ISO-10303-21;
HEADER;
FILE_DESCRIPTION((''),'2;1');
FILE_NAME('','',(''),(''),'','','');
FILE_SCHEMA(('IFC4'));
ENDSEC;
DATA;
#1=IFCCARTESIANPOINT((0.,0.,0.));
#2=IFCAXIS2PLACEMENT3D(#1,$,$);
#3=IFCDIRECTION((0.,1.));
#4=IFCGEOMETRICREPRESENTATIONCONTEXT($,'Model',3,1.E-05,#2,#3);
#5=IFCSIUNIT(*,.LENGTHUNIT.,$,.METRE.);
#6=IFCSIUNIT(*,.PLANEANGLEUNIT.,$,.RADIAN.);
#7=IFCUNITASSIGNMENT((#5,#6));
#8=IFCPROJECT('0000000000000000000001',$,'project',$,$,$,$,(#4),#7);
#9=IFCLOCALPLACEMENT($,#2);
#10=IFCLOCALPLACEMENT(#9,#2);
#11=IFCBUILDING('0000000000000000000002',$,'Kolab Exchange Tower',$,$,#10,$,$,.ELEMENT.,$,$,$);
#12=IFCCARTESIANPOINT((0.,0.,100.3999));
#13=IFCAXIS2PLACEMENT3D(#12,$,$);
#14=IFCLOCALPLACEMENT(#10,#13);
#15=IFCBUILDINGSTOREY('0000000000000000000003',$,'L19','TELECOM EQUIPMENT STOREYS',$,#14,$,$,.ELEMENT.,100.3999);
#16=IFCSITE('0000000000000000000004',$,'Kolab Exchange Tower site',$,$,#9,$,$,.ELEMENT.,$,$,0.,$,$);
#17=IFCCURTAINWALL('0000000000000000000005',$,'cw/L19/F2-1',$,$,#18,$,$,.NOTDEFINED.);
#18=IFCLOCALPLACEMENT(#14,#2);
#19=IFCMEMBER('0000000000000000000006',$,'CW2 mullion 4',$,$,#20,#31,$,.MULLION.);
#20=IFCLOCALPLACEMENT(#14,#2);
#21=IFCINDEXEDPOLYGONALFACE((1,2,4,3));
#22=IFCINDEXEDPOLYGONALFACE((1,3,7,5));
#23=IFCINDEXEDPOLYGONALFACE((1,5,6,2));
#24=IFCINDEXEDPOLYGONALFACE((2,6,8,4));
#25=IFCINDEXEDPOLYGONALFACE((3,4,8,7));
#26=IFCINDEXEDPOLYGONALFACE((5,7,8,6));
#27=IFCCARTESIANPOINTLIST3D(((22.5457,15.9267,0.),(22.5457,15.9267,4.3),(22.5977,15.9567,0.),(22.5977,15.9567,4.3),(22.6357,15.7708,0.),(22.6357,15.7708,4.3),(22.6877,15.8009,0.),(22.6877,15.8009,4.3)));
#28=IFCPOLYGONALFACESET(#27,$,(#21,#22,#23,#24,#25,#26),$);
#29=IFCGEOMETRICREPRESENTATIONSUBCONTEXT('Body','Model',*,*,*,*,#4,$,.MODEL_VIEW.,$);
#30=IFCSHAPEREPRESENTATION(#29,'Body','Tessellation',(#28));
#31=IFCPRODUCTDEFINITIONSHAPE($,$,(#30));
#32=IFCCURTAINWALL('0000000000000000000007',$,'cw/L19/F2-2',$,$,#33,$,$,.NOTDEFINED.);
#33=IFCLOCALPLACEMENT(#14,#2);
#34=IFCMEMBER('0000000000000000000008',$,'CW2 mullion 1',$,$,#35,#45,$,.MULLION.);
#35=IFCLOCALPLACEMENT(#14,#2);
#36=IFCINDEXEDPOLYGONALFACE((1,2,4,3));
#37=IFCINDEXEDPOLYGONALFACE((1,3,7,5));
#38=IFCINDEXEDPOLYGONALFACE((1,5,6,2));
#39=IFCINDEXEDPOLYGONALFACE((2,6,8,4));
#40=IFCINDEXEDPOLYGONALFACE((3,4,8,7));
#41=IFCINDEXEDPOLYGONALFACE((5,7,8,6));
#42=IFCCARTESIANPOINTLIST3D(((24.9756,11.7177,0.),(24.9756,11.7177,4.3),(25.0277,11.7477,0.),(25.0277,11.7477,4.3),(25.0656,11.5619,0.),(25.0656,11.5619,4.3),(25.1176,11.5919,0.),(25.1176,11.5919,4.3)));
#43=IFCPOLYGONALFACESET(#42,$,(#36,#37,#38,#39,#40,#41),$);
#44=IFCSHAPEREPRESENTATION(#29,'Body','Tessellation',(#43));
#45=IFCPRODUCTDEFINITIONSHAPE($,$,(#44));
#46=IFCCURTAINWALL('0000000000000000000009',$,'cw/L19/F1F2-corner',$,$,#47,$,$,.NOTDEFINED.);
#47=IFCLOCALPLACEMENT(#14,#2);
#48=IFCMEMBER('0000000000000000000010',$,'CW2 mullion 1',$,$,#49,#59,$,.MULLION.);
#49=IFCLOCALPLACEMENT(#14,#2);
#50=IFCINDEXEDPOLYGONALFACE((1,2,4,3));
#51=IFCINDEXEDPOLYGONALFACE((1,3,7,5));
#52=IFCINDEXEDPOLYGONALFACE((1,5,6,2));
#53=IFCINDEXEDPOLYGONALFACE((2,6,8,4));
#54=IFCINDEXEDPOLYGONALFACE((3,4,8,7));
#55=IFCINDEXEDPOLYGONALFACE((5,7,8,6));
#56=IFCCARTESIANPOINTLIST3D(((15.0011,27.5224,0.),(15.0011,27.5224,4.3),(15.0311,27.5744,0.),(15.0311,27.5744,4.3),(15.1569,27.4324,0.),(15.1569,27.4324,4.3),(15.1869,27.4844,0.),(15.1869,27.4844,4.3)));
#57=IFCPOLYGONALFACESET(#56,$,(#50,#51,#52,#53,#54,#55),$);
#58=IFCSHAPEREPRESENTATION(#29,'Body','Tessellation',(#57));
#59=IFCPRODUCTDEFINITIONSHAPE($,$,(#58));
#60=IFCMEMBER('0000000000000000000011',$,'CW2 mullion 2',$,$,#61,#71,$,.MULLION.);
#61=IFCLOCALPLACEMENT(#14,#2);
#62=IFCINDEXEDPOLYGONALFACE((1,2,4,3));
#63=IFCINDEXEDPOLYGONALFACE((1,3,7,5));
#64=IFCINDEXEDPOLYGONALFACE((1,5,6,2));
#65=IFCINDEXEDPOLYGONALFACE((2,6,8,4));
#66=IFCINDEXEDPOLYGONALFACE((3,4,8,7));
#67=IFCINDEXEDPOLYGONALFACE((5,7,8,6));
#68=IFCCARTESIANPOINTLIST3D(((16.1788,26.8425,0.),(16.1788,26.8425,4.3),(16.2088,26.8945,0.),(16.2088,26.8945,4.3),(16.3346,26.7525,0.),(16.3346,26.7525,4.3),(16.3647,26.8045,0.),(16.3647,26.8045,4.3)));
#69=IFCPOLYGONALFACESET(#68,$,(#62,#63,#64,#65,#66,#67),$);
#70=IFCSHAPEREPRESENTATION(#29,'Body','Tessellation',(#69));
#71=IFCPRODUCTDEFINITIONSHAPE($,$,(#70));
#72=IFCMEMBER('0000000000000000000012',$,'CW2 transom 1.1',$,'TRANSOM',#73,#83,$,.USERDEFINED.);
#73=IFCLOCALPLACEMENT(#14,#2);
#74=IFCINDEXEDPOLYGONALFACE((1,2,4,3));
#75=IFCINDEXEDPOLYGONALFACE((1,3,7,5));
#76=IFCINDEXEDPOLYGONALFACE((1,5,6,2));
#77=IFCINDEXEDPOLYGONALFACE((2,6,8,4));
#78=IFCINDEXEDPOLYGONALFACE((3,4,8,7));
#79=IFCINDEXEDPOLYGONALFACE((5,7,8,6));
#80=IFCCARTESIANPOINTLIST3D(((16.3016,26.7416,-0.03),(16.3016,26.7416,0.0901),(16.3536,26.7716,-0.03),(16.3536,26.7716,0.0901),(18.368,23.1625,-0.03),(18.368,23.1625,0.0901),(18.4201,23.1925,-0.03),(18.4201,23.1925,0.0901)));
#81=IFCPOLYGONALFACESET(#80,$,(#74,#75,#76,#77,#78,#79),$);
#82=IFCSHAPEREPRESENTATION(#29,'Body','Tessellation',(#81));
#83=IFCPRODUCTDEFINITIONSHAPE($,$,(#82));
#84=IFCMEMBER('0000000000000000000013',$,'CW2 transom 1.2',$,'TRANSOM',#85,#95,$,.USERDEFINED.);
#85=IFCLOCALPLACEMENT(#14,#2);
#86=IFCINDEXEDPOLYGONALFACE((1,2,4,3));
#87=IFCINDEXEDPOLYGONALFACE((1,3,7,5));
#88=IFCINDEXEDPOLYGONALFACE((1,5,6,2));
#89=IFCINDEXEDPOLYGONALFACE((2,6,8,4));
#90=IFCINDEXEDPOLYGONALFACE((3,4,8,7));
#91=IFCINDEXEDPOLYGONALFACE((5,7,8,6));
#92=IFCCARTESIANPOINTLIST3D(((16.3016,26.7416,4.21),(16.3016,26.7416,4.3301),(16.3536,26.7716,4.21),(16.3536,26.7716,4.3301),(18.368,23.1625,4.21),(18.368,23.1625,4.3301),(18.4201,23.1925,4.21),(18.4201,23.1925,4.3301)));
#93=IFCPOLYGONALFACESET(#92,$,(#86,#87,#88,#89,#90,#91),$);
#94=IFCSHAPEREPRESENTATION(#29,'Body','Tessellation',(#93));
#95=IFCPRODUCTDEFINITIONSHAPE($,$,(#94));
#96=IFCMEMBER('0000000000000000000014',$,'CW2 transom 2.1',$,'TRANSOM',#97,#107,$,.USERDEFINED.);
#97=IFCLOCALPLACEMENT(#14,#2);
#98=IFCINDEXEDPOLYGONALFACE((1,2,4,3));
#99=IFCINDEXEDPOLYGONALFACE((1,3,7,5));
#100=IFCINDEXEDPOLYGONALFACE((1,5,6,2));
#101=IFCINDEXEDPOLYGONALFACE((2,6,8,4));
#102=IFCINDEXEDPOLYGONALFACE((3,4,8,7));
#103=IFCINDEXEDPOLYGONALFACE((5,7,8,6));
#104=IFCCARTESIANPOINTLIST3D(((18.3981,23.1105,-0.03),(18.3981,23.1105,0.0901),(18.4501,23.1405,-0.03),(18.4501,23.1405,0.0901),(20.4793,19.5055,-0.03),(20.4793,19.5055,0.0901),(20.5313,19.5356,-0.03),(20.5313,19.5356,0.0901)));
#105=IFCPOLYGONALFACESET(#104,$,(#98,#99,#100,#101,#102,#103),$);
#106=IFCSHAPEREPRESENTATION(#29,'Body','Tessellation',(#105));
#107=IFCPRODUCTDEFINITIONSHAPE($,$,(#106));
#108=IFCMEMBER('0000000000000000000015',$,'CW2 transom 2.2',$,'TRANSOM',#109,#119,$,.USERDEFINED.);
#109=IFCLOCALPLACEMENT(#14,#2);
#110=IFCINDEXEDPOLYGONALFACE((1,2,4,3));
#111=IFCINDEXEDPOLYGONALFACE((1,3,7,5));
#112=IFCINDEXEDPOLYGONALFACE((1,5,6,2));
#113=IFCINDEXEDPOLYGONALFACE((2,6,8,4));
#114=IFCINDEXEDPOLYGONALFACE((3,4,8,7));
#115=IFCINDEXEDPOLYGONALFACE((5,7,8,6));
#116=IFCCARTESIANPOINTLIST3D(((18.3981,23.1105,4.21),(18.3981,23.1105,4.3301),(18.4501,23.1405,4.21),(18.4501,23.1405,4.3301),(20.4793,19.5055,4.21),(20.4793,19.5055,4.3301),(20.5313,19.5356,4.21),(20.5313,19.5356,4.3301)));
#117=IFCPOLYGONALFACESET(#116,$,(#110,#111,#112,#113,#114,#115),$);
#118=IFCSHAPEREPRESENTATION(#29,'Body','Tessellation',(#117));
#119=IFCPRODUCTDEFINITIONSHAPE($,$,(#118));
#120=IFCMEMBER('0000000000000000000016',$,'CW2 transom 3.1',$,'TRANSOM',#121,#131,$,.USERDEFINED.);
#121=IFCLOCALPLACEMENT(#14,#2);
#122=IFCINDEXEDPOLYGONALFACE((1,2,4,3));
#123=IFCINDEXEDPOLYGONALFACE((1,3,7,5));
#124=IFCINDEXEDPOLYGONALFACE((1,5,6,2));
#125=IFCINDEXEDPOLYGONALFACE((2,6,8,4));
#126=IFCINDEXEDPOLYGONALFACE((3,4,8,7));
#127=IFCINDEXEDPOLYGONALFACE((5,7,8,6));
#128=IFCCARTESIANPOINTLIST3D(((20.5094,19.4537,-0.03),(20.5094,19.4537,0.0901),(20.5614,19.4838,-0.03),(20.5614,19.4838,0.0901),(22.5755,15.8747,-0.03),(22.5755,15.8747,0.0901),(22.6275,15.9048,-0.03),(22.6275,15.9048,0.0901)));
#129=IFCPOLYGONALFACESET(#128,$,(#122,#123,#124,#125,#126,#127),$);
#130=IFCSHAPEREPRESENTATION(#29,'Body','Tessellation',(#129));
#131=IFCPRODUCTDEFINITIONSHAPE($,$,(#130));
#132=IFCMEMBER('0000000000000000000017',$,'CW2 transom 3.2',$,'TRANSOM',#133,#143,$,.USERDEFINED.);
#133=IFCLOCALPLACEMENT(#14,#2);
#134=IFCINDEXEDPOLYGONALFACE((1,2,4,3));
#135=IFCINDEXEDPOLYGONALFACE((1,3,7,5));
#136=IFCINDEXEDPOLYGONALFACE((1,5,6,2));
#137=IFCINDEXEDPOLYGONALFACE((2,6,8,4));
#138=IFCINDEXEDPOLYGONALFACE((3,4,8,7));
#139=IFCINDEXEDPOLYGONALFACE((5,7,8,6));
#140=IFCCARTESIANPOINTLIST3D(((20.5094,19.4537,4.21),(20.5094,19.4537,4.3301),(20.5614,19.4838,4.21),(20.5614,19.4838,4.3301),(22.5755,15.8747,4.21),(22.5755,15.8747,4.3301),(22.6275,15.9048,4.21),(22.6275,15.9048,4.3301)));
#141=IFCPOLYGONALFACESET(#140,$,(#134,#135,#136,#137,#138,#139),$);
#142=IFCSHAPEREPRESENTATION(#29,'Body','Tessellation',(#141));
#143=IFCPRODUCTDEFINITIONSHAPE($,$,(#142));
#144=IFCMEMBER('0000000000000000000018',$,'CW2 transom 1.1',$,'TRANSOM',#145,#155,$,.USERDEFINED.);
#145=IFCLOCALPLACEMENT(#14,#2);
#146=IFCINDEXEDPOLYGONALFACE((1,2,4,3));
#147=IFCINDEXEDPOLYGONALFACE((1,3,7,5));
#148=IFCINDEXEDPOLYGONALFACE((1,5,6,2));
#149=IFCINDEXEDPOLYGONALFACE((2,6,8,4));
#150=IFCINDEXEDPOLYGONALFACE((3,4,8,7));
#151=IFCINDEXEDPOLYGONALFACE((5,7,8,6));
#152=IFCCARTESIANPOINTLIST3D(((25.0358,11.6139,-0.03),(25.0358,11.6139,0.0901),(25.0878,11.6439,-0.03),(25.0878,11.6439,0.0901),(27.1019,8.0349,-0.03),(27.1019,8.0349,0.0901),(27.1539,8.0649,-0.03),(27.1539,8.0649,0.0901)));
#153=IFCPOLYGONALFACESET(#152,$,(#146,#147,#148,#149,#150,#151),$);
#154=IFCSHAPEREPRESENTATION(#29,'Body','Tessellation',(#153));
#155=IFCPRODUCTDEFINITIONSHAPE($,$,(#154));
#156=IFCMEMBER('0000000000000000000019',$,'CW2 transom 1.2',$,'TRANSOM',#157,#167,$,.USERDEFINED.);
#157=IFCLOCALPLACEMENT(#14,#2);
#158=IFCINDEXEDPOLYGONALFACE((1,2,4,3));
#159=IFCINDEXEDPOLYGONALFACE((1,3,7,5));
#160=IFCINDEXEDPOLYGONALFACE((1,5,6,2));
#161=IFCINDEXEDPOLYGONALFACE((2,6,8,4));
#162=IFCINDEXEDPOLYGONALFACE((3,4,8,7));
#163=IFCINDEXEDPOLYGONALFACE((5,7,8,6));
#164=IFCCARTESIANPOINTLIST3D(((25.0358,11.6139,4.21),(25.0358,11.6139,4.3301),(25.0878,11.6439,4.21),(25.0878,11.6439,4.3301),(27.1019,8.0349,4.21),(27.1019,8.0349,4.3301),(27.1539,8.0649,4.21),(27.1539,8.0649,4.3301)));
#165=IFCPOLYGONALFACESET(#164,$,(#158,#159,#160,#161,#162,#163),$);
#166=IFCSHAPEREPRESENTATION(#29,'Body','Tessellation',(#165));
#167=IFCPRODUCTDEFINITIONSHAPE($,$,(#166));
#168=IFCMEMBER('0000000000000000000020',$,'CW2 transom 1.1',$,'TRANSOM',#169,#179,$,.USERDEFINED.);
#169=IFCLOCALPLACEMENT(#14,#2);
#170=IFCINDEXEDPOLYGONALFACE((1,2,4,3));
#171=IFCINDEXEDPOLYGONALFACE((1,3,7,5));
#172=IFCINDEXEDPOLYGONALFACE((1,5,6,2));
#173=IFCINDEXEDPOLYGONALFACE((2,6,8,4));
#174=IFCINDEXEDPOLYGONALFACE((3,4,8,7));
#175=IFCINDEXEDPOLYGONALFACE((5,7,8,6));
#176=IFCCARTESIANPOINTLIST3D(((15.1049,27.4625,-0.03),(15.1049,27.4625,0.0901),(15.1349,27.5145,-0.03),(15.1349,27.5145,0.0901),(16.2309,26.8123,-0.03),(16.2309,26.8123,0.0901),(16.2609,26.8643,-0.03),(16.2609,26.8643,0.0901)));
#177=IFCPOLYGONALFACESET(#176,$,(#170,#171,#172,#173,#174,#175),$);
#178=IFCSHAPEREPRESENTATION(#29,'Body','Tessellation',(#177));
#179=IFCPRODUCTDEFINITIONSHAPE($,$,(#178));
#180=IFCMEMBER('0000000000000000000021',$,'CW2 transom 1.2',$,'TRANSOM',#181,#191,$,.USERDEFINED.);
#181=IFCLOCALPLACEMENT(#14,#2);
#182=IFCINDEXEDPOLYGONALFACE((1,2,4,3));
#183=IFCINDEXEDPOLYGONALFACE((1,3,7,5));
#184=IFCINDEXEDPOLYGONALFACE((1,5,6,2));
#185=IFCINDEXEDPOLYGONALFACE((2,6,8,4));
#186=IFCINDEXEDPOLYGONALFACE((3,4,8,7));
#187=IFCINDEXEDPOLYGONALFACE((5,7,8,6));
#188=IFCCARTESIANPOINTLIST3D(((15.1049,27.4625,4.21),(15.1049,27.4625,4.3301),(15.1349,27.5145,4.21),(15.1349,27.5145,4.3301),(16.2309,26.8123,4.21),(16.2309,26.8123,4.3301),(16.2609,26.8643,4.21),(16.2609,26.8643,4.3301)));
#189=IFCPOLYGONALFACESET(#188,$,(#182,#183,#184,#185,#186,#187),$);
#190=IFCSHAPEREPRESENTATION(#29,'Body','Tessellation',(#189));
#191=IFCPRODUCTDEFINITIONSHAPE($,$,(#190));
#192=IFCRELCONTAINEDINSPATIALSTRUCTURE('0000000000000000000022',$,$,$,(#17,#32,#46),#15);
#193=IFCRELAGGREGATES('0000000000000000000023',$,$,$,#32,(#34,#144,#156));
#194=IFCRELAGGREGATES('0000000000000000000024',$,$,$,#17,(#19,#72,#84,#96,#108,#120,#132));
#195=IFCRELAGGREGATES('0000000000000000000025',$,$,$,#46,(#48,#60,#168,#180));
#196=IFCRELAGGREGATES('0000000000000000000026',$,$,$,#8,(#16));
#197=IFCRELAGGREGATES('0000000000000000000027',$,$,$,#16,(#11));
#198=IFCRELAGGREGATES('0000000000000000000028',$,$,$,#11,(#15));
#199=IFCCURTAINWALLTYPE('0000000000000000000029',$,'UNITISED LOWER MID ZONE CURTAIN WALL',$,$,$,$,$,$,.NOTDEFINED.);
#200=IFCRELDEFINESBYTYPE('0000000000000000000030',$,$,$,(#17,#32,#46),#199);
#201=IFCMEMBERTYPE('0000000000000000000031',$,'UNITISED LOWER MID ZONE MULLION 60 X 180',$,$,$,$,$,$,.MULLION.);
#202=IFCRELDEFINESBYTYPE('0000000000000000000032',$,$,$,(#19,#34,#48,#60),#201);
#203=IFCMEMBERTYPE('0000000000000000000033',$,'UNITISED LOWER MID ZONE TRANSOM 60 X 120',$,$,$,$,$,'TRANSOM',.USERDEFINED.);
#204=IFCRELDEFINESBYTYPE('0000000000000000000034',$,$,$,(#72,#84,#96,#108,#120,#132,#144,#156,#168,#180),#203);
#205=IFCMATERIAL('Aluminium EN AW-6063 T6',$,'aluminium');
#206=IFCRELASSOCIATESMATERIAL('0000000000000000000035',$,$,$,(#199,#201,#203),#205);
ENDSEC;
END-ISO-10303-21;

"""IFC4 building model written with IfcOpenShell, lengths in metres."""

from ifc_helpers import new_model, si_unit, direction, frame, origin, origin_2d, place, context, subcontext, project, spatial, rectangle, extrude, material, material_profile, profile_set, type_object, element, aggregate, save


model = new_model("IFC4")

# Units and contexts
model_context = context("Model", 3, precision=1e-05, world=origin(), true_north=direction((0.0, 1.0)))
body_context = subcontext(model_context, "Body", "Model", "MODEL_VIEW")
ifc_project = project(units=[si_unit("LENGTHUNIT", "METRE"), si_unit("PLANEANGLEUNIT", "RADIAN")], contexts=[model_context])

# Site, building, storey
site_placement = place(None, origin())
site = spatial("IfcSite", under=ifc_project, at=site_placement, Name="Kolab Exchange Tower site", CompositionType="ELEMENT", RefElevation=0.0)
building_placement = place(site_placement, origin())
building = spatial("IfcBuilding", under=site, at=building_placement, Name="Kolab Exchange Tower", CompositionType="ELEMENT")
storey_placement = place(building_placement, frame((0.0, 0.0, 100.3999)))
storey = spatial("IfcBuildingStorey", under=building, at=storey_placement, Name="L19", Description="TELECOM EQUIPMENT STOREYS", CompositionType="ELEMENT", Elevation=100.3999)

# Shared definitions
ifc_material_1 = material(Name="Aluminium EN AW-6063 T6", Category="aluminium")
curtain_wall_type = type_object("IfcCurtainWallType", Name="UNITISED LOWER MID ZONE CURTAIN WALL", PredefinedType="NOTDEFINED", material=ifc_material_1)
ifc_material_profile_1 = material_profile(ifc_material_1, rectangle(XDim=0.0601, YDim=0.1799, at=origin_2d()), Name="RECT 60X180")
ifc_profile_set_1 = profile_set([ifc_material_profile_1], Name="Aluminium EN AW-6063 T6")
member_type_1 = type_object("IfcMemberType", Name="UNITISED LOWER MID ZONE MULLION 60 X 180", PredefinedType="MULLION", material=ifc_profile_set_1)

# Curtain wall, member
curtain_wall_1_placement = place(storey_placement, origin())
curtain_wall_1 = element("IfcCurtainWall", 1, at=curtain_wall_1_placement, inside=storey, type_object=curtain_wall_type, Name="cw/L19/F2-1", PredefinedType="NOTDEFINED")
member_1_placement = place(storey_placement, frame((22.6167, 15.8638, 0.0), z_axis=(0.0, 0.0, 1.0), x_axis=(0.866025, 0.5, 0.0)))
member_1 = element("IfcMember", 2, at=member_1_placement, type_object=member_type_1, Name="CW2 mullion 4", PredefinedType="MULLION", context=body_context, shape_type="SweptSolid", body=[
    extrude(rectangle(XDim=0.0601, YDim=0.1799, at=origin_2d()), origin(), (0.0, 0.0, 1.0), 4.3),
])

# Curtain wall, member
curtain_wall_2_placement = place(storey_placement, origin())
curtain_wall_2 = element("IfcCurtainWall", 3, at=curtain_wall_2_placement, inside=storey, type_object=curtain_wall_type, Name="cw/L19/F2-2", PredefinedType="NOTDEFINED")
member_2_placement = place(storey_placement, frame((25.0466, 11.6548, 0.0), z_axis=(0.0, 0.0, 1.0), x_axis=(0.866025, 0.5, 0.0)))
member_2 = element("IfcMember", 4, at=member_2_placement, type_object=member_type_1, Name="CW2 mullion 1", PredefinedType="MULLION", context=body_context, shape_type="SweptSolid", body=[
    extrude(rectangle(XDim=0.0601, YDim=0.1799, at=origin_2d()), origin(), (0.0, 0.0, 1.0), 4.3),
])

# Curtain wall, members
curtain_wall_3_placement = place(storey_placement, origin())
curtain_wall_3 = element("IfcCurtainWall", 5, at=curtain_wall_3_placement, inside=storey, type_object=curtain_wall_type, Name="cw/L19/F1F2-corner", PredefinedType="NOTDEFINED")
member_3_placement = place(storey_placement, frame((15.094, 27.5034, 0.0), z_axis=(0.0, 0.0, 1.0), x_axis=(0.5, 0.866025, 0.0)))
member_3 = element("IfcMember", 6, at=member_3_placement, type_object=member_type_1, Name="CW2 mullion 1", PredefinedType="MULLION", context=body_context, shape_type="SweptSolid", body=[
    extrude(rectangle(XDim=0.0601, YDim=0.1799, at=origin_2d()), origin(), (0.0, 0.0, 1.0), 4.3),
])
member_4_placement = place(storey_placement, frame((16.2717, 26.8235, 0.0), z_axis=(0.0, 0.0, 1.0), x_axis=(0.5, 0.866025, 0.0)))
member_4 = element("IfcMember", 7, at=member_4_placement, type_object=member_type_1, Name="CW2 mullion 2", PredefinedType="MULLION", context=body_context, shape_type="SweptSolid", body=[
    extrude(rectangle(XDim=0.0601, YDim=0.1799, at=origin_2d()), origin(), (0.0, 0.0, 1.0), 4.3),
])

# Members
ifc_material_profile_2 = material_profile(ifc_material_1, rectangle(XDim=0.0601, YDim=0.1201, at=origin_2d()), Name="RECT 60X120")
ifc_profile_set_2 = profile_set([ifc_material_profile_2], Name="Aluminium EN AW-6063 T6")
member_type_2 = type_object("IfcMemberType", Name="UNITISED LOWER MID ZONE TRANSOM 60 X 120", ElementType="TRANSOM", PredefinedType="USERDEFINED", material=ifc_profile_set_2)
member_5_placement = place(storey_placement, frame((16.3276, 26.7566, 0.03), z_axis=(0.500002, -0.866024, 0.0), x_axis=(0.866024, 0.500002, 0.0)))
member_5 = element("IfcMember", 8, at=member_5_placement, type_object=member_type_2, Name="CW2 transom 1.1", ObjectType="TRANSOM", PredefinedType="USERDEFINED", context=body_context, shape_type="SweptSolid", body=[
    extrude(rectangle(XDim=0.0601, YDim=0.1201, at=origin_2d()), origin(), (0.0, 0.0, 1.0), 4.1328),
])
member_6_placement = place(storey_placement, frame((16.3276, 26.7566, 4.27), z_axis=(0.500002, -0.866024, 0.0), x_axis=(0.866024, 0.500002, 0.0)))
member_6 = element("IfcMember", 9, at=member_6_placement, type_object=member_type_2, Name="CW2 transom 1.2", ObjectType="TRANSOM", PredefinedType="USERDEFINED", context=body_context, shape_type="SweptSolid", body=[
    extrude(rectangle(XDim=0.0601, YDim=0.1201, at=origin_2d()), origin(), (0.0, 0.0, 1.0), 4.1328),
])
member_7_placement = place(storey_placement, frame((18.4241, 23.1255, 0.03), z_axis=(0.499993, -0.866029, 0.0), x_axis=(0.866029, 0.499993, 0.0)))
member_7 = element("IfcMember", 10, at=member_7_placement, type_object=member_type_2, Name="CW2 transom 2.1", ObjectType="TRANSOM", PredefinedType="USERDEFINED", context=body_context, shape_type="SweptSolid", body=[
    extrude(rectangle(XDim=0.0601, YDim=0.1201, at=origin_2d()), origin(), (0.0, 0.0, 1.0), 4.1626),
])
member_8_placement = place(storey_placement, frame((18.4241, 23.1255, 4.27), z_axis=(0.499993, -0.866029, 0.0), x_axis=(0.866029, 0.499993, 0.0)))
member_8 = element("IfcMember", 11, at=member_8_placement, type_object=member_type_2, Name="CW2 transom 2.2", ObjectType="TRANSOM", PredefinedType="USERDEFINED", context=body_context, shape_type="SweptSolid", body=[
    extrude(rectangle(XDim=0.0601, YDim=0.1201, at=origin_2d()), origin(), (0.0, 0.0, 1.0), 4.1626),
])
member_9_placement = place(storey_placement, frame((20.5354, 19.4688, 0.03), z_axis=(0.499958, -0.86605, 0.0), x_axis=(0.86605, 0.499958, 0.0)))
member_9 = element("IfcMember", 12, at=member_9_placement, type_object=member_type_2, Name="CW2 transom 3.1", ObjectType="TRANSOM", PredefinedType="USERDEFINED", context=body_context, shape_type="SweptSolid", body=[
    extrude(rectangle(XDim=0.0601, YDim=0.1201, at=origin_2d()), origin(), (0.0, 0.0, 1.0), 4.1326),
])
member_10_placement = place(storey_placement, frame((20.5354, 19.4688, 4.27), z_axis=(0.499958, -0.86605, 0.0), x_axis=(0.86605, 0.499958, 0.0)))
member_10 = element("IfcMember", 13, at=member_10_placement, type_object=member_type_2, Name="CW2 transom 3.2", ObjectType="TRANSOM", PredefinedType="USERDEFINED", context=body_context, shape_type="SweptSolid", body=[
    extrude(rectangle(XDim=0.0601, YDim=0.1201, at=origin_2d()), origin(), (0.0, 0.0, 1.0), 4.1326),
])
member_11_placement = place(storey_placement, frame((25.0618, 11.6289, 0.03), z_axis=(0.499958, -0.86605, 0.0), x_axis=(0.86605, 0.499958, 0.0)))
member_11 = element("IfcMember", 14, at=member_11_placement, type_object=member_type_2, Name="CW2 transom 1.1", ObjectType="TRANSOM", PredefinedType="USERDEFINED", context=body_context, shape_type="SweptSolid", body=[
    extrude(rectangle(XDim=0.0601, YDim=0.1201, at=origin_2d()), origin(), (0.0, 0.0, 1.0), 4.1326),
])
member_12_placement = place(storey_placement, frame((25.0618, 11.6289, 4.27), z_axis=(0.499958, -0.86605, 0.0), x_axis=(0.86605, 0.499958, 0.0)))
member_12 = element("IfcMember", 15, at=member_12_placement, type_object=member_type_2, Name="CW2 transom 1.2", ObjectType="TRANSOM", PredefinedType="USERDEFINED", context=body_context, shape_type="SweptSolid", body=[
    extrude(rectangle(XDim=0.0601, YDim=0.1201, at=origin_2d()), origin(), (0.0, 0.0, 1.0), 4.1326),
])
aggregate(curtain_wall_2, [member_2, member_11, member_12])
member_13_placement = place(storey_placement, frame((15.1199, 27.4885, 0.03), z_axis=(0.866004, -0.500037, 0.0), x_axis=(0.500037, 0.866004, 0.0)))
member_13 = element("IfcMember", 16, at=member_13_placement, type_object=member_type_2, Name="CW2 transom 1.1", ObjectType="TRANSOM", PredefinedType="USERDEFINED", context=body_context, shape_type="SweptSolid", body=[
    extrude(rectangle(XDim=0.0601, YDim=0.1201, at=origin_2d()), origin(), (0.0, 0.0, 1.0), 1.3003),
])
member_14_placement = place(storey_placement, frame((15.1199, 27.4885, 4.27), z_axis=(0.866004, -0.500037, 0.0), x_axis=(0.500037, 0.866004, 0.0)))
member_14 = element("IfcMember", 17, at=member_14_placement, type_object=member_type_2, Name="CW2 transom 1.2", ObjectType="TRANSOM", PredefinedType="USERDEFINED", context=body_context, shape_type="SweptSolid", body=[
    extrude(rectangle(XDim=0.0601, YDim=0.1201, at=origin_2d()), origin(), (0.0, 0.0, 1.0), 1.3003),
])

aggregate(curtain_wall_1, [member_1, member_5, member_6, member_7, member_8, member_9, member_10])
aggregate(curtain_wall_3, [member_3, member_4, member_13, member_14])

save(model, "model.ifc")
